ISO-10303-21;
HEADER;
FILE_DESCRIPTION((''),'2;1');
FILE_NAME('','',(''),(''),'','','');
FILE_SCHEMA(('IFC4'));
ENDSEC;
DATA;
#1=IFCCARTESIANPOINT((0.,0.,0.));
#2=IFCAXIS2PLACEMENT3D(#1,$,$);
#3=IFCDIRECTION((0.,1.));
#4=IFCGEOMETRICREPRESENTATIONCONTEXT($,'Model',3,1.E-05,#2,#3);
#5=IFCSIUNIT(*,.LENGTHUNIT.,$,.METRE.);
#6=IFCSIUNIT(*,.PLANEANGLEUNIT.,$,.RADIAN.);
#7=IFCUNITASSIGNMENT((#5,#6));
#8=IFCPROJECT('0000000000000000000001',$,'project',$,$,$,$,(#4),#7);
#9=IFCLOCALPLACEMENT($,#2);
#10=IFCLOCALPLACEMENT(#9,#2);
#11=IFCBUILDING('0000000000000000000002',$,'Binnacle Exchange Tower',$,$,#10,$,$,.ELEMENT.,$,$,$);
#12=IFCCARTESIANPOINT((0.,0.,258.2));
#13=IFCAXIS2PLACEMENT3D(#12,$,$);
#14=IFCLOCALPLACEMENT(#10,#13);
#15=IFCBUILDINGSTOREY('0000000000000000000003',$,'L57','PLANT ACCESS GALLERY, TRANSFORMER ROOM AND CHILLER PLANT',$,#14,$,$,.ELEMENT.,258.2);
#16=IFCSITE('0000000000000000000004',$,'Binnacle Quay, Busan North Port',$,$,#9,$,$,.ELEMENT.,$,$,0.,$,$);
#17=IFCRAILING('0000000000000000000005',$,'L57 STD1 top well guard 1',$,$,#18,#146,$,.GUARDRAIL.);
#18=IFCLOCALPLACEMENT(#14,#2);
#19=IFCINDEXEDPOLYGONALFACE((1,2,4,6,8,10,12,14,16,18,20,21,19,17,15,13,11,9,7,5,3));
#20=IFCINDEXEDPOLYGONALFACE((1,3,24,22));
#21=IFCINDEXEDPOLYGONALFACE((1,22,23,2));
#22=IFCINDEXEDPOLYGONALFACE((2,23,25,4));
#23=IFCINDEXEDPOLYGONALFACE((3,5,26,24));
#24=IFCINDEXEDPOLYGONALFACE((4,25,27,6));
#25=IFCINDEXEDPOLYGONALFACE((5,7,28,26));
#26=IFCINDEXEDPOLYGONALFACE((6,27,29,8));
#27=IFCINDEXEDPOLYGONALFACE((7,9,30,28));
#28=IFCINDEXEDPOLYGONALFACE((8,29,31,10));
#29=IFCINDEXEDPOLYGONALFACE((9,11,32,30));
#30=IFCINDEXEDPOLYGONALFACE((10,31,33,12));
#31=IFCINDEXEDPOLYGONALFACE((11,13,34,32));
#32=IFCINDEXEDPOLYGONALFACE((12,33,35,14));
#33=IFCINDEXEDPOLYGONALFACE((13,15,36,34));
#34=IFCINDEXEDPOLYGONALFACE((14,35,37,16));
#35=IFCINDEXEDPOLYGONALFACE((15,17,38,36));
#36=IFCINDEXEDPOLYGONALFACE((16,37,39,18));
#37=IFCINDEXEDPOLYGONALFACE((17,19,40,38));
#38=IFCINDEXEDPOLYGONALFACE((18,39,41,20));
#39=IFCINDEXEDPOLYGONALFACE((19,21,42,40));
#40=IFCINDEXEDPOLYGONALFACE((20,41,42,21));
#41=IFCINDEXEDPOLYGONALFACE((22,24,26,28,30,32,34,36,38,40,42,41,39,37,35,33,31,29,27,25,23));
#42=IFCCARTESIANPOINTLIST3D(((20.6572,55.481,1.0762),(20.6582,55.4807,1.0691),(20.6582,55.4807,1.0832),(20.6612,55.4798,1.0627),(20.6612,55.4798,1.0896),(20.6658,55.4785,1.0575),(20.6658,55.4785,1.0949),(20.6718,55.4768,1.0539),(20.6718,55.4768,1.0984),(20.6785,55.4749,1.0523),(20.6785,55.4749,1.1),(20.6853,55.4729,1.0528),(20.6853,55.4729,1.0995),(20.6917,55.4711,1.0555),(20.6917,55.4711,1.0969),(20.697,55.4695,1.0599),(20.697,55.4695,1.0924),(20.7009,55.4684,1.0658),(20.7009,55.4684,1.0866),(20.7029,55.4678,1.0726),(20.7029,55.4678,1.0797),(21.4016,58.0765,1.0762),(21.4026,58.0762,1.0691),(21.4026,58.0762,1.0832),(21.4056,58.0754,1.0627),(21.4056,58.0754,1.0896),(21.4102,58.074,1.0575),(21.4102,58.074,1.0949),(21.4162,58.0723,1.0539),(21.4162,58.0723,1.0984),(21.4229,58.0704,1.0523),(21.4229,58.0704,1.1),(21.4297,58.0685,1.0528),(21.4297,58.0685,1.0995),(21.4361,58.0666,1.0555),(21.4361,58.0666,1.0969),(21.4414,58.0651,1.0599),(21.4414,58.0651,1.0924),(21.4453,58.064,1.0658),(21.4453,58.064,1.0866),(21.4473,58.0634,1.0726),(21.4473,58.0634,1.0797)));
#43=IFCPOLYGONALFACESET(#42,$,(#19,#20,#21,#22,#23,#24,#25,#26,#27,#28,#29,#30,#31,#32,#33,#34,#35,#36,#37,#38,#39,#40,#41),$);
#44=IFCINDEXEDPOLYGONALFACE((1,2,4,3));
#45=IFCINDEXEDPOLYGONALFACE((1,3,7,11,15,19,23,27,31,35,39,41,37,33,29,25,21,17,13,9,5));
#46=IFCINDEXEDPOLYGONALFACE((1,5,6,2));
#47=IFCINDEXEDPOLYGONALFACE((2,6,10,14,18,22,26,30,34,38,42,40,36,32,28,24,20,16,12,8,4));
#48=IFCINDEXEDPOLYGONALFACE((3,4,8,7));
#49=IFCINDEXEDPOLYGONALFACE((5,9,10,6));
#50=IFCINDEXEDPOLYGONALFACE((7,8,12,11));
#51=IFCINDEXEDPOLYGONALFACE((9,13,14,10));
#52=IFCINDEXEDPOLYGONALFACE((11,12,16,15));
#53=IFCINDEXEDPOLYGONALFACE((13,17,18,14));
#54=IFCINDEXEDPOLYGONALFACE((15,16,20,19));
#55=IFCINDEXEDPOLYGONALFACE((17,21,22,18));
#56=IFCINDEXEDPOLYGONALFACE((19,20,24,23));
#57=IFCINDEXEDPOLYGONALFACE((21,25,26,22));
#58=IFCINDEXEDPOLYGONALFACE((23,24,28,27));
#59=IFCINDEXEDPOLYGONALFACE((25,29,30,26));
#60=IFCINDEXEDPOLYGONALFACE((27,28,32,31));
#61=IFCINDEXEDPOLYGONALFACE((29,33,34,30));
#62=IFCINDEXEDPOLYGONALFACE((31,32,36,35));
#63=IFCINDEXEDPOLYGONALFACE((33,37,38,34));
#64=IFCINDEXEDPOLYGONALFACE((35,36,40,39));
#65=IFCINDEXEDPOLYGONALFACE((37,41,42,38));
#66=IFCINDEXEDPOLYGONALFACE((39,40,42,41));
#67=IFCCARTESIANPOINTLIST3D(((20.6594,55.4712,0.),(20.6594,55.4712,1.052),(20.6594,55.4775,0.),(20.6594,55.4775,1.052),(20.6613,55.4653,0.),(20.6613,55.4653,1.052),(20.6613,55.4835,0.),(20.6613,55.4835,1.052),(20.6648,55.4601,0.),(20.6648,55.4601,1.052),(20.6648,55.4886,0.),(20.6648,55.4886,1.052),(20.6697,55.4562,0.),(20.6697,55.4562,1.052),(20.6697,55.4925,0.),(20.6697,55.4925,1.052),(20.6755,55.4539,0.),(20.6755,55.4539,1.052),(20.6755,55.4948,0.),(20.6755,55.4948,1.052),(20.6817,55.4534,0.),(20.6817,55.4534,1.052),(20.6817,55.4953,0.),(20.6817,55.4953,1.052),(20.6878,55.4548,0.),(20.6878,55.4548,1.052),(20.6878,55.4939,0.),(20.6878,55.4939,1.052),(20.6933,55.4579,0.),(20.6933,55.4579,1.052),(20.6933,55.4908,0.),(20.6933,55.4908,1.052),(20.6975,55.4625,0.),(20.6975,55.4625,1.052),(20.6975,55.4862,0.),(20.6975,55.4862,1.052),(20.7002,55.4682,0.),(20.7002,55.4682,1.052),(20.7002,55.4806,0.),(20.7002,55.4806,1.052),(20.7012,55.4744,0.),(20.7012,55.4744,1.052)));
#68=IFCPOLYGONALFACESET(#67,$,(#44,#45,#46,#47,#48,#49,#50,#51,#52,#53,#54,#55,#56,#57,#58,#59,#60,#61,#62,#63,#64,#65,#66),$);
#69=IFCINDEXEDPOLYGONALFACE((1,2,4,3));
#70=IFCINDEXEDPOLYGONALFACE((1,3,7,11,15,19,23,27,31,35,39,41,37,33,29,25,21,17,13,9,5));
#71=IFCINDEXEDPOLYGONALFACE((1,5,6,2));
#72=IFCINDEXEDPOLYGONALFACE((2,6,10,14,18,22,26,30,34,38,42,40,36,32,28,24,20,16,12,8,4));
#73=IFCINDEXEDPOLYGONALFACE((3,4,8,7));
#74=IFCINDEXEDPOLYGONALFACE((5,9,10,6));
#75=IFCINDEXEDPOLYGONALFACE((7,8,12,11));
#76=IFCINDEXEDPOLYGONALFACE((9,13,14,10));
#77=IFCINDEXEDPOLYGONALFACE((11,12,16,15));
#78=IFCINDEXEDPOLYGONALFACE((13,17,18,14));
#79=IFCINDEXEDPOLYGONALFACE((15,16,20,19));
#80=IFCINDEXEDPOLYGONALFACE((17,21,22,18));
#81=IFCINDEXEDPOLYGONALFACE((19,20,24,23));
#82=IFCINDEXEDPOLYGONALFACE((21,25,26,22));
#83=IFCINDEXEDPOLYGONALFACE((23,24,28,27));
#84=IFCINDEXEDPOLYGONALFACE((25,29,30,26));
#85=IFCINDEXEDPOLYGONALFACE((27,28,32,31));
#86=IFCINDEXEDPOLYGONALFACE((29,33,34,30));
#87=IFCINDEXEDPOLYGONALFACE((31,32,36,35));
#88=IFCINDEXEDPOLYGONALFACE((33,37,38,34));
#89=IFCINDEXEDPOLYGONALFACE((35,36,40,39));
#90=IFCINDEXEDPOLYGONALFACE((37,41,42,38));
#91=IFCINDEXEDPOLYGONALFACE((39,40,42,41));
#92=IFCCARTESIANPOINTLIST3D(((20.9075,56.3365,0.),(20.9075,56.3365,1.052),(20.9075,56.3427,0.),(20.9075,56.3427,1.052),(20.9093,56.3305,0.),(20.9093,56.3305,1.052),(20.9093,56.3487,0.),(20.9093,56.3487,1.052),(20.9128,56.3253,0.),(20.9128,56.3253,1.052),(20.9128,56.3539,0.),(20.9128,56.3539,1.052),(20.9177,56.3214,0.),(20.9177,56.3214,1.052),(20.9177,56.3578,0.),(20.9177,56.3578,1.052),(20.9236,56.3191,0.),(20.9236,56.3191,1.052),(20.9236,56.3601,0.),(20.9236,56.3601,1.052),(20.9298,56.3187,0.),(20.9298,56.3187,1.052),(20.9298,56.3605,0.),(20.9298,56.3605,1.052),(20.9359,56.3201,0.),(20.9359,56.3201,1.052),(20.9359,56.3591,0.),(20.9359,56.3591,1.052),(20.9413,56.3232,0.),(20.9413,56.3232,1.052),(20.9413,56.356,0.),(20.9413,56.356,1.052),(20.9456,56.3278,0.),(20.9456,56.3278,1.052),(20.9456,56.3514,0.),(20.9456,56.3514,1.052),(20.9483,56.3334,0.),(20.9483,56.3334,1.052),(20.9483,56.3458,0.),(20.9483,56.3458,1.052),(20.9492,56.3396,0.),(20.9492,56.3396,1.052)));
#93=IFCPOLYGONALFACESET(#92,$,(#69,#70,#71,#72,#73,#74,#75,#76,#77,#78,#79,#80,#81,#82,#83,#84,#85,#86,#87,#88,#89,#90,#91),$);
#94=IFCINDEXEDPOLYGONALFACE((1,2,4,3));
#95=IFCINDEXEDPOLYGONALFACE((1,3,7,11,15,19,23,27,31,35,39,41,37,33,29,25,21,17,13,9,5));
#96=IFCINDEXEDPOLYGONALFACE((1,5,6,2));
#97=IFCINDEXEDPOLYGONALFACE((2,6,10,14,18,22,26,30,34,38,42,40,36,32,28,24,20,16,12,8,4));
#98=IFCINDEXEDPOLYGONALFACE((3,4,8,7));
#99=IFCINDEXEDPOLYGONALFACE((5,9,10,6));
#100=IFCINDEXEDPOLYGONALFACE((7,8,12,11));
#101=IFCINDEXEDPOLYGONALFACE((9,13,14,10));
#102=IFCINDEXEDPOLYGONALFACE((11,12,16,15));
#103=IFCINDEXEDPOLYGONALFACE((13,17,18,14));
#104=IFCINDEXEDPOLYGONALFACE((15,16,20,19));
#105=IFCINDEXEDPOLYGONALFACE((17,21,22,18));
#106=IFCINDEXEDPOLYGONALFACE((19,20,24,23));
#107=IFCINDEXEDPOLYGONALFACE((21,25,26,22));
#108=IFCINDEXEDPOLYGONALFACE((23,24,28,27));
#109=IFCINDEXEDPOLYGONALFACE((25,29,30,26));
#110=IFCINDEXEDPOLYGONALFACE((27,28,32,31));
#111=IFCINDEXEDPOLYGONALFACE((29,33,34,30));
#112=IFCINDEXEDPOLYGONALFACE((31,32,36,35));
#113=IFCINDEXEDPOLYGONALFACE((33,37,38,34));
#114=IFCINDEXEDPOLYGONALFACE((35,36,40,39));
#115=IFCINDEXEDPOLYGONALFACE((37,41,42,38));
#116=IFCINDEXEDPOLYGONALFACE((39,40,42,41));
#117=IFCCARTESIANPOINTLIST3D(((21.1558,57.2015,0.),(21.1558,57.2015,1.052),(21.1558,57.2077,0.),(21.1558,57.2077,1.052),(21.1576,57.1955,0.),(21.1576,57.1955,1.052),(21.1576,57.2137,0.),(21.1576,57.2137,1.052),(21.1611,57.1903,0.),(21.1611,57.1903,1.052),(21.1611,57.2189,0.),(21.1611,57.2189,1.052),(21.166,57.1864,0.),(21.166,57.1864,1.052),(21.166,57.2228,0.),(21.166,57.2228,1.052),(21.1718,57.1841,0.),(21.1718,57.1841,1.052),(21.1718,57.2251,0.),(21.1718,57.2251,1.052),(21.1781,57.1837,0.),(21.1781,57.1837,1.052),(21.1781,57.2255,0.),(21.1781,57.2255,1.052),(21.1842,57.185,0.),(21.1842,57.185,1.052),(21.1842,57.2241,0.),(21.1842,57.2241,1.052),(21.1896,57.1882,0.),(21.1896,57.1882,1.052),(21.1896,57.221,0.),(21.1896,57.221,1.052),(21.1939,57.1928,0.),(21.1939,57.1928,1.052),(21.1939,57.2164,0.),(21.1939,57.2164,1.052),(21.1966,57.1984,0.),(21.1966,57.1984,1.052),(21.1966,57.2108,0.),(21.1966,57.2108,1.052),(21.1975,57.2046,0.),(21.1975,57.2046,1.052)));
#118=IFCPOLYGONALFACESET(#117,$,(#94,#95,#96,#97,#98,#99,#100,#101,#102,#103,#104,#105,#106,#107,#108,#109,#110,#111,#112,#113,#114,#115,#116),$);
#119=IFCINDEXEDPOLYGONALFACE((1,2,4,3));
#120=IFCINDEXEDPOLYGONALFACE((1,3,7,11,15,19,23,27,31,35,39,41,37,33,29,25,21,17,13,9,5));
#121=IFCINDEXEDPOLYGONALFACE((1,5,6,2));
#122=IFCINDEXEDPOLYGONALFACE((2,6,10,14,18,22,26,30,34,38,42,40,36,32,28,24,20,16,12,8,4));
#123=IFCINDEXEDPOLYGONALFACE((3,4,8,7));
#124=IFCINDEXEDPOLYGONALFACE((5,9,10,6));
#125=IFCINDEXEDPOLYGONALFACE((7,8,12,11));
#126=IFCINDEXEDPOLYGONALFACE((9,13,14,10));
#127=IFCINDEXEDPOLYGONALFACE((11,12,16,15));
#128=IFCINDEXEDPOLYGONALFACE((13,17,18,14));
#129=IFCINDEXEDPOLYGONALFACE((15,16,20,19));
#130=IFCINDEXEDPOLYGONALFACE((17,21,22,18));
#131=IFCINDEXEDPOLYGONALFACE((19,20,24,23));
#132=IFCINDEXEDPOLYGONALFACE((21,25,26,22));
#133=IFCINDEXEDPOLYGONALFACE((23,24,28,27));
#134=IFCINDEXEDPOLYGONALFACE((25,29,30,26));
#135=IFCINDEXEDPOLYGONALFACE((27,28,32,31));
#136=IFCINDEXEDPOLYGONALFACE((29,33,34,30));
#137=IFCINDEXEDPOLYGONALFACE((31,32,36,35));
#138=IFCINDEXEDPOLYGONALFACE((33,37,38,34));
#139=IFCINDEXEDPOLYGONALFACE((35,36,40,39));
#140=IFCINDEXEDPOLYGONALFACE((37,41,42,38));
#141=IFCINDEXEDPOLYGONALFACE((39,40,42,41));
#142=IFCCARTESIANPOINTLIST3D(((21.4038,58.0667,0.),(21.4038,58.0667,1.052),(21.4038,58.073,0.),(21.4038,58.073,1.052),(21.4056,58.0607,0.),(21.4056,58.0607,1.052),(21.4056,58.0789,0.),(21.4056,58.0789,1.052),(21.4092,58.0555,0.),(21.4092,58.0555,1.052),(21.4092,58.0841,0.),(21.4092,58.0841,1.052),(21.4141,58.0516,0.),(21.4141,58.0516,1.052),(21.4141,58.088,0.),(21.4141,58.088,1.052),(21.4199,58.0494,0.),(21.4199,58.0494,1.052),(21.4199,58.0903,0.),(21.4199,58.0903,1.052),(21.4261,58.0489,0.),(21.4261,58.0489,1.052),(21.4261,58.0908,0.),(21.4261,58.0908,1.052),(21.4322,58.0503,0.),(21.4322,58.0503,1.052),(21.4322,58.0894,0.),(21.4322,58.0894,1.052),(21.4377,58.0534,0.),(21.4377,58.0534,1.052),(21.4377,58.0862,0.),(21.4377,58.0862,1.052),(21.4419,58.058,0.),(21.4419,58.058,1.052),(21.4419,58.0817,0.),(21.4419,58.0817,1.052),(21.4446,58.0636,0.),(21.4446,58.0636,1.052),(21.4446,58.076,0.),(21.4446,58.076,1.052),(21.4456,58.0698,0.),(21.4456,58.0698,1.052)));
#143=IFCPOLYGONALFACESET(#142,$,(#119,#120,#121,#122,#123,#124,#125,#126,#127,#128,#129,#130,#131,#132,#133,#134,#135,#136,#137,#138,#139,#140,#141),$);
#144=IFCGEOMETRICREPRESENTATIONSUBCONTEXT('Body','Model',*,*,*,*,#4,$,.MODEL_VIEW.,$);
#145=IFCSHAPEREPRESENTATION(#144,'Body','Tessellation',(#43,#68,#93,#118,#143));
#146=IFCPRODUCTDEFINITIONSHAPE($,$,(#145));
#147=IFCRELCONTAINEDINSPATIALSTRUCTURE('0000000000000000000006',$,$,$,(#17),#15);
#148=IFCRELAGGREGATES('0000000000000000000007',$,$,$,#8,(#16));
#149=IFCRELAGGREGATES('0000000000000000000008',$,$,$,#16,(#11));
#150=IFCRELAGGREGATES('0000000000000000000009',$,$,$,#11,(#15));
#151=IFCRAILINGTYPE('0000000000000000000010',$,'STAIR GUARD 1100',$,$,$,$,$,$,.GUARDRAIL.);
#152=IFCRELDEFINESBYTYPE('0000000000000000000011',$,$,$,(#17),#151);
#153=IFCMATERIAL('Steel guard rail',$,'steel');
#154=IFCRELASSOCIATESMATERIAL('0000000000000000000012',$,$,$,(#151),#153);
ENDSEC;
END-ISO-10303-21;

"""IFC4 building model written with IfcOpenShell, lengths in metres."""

from ifc_helpers import new_model, si_unit, direction, frame, origin, origin_2d, place, context, subcontext, project, spatial, circle, extrude, material, type_object, element, save


model = new_model("IFC4")

# Units and contexts
model_context = context("Model", 3, precision=1e-05, world=origin(), true_north=direction((0.0, 1.0)))
body_context = subcontext(model_context, "Body", "Model", "MODEL_VIEW")
ifc_project = project(units=[si_unit("LENGTHUNIT", "METRE"), si_unit("PLANEANGLEUNIT", "RADIAN")], contexts=[model_context])

# Site, building, storey
site_placement = place(None, origin())
site = spatial("IfcSite", under=ifc_project, at=site_placement, Name="Binnacle Quay, Busan North Port", CompositionType="ELEMENT", RefElevation=0.0)
building_placement = place(site_placement, origin())
building = spatial("IfcBuilding", under=site, at=building_placement, Name="Binnacle Exchange Tower", CompositionType="ELEMENT")
storey_placement = place(building_placement, frame((0.0, 0.0, 258.2)))
storey = spatial("IfcBuildingStorey", under=building, at=storey_placement, Name="L57", Description="PLANT ACCESS GALLERY, TRANSFORMER ROOM AND CHILLER PLANT", CompositionType="ELEMENT", Elevation=258.2)

# Railing
ifc_material_1 = material(Name="Steel guard rail", Category="steel")
railing_type = type_object("IfcRailingType", Name="STAIR GUARD 1100", PredefinedType="GUARDRAIL", material=ifc_material_1)
railing_placement = place(storey_placement, frame((20.6802, 55.4744, 0.0)))
element("IfcRailing", 1, at=railing_placement, inside=storey, type_object=railing_type, Name="L57 STD1 top well guard 1", PredefinedType="GUARDRAIL", context=body_context, shape_type="SweptSolid", body=[
    extrude(circle(Radius=0.0239, at=origin_2d()), frame((0.0, 0.0, 1.0762), z_axis=(0.275688, 0.961247, 0.0), x_axis=(-0.961247, 0.275688, 0.0)), (0.0, 0.0, 1.0), 2.7002),
    extrude(circle(Radius=0.021, at=origin_2d()), origin(), (0.0, 0.0, 1.0), 1.052),
    extrude(circle(Radius=0.021, at=origin_2d()), frame((0.248, 0.8652, 0.0)), (0.0, 0.0, 1.0), 1.052),
    extrude(circle(Radius=0.021, at=origin_2d()), frame((0.4963, 1.7302, 0.0)), (0.0, 0.0, 1.0), 1.052),
    extrude(circle(Radius=0.021, at=origin_2d()), frame((0.7444, 2.5955, 0.0)), (0.0, 0.0, 1.0), 1.052),
])

save(model, "model.ifc")
